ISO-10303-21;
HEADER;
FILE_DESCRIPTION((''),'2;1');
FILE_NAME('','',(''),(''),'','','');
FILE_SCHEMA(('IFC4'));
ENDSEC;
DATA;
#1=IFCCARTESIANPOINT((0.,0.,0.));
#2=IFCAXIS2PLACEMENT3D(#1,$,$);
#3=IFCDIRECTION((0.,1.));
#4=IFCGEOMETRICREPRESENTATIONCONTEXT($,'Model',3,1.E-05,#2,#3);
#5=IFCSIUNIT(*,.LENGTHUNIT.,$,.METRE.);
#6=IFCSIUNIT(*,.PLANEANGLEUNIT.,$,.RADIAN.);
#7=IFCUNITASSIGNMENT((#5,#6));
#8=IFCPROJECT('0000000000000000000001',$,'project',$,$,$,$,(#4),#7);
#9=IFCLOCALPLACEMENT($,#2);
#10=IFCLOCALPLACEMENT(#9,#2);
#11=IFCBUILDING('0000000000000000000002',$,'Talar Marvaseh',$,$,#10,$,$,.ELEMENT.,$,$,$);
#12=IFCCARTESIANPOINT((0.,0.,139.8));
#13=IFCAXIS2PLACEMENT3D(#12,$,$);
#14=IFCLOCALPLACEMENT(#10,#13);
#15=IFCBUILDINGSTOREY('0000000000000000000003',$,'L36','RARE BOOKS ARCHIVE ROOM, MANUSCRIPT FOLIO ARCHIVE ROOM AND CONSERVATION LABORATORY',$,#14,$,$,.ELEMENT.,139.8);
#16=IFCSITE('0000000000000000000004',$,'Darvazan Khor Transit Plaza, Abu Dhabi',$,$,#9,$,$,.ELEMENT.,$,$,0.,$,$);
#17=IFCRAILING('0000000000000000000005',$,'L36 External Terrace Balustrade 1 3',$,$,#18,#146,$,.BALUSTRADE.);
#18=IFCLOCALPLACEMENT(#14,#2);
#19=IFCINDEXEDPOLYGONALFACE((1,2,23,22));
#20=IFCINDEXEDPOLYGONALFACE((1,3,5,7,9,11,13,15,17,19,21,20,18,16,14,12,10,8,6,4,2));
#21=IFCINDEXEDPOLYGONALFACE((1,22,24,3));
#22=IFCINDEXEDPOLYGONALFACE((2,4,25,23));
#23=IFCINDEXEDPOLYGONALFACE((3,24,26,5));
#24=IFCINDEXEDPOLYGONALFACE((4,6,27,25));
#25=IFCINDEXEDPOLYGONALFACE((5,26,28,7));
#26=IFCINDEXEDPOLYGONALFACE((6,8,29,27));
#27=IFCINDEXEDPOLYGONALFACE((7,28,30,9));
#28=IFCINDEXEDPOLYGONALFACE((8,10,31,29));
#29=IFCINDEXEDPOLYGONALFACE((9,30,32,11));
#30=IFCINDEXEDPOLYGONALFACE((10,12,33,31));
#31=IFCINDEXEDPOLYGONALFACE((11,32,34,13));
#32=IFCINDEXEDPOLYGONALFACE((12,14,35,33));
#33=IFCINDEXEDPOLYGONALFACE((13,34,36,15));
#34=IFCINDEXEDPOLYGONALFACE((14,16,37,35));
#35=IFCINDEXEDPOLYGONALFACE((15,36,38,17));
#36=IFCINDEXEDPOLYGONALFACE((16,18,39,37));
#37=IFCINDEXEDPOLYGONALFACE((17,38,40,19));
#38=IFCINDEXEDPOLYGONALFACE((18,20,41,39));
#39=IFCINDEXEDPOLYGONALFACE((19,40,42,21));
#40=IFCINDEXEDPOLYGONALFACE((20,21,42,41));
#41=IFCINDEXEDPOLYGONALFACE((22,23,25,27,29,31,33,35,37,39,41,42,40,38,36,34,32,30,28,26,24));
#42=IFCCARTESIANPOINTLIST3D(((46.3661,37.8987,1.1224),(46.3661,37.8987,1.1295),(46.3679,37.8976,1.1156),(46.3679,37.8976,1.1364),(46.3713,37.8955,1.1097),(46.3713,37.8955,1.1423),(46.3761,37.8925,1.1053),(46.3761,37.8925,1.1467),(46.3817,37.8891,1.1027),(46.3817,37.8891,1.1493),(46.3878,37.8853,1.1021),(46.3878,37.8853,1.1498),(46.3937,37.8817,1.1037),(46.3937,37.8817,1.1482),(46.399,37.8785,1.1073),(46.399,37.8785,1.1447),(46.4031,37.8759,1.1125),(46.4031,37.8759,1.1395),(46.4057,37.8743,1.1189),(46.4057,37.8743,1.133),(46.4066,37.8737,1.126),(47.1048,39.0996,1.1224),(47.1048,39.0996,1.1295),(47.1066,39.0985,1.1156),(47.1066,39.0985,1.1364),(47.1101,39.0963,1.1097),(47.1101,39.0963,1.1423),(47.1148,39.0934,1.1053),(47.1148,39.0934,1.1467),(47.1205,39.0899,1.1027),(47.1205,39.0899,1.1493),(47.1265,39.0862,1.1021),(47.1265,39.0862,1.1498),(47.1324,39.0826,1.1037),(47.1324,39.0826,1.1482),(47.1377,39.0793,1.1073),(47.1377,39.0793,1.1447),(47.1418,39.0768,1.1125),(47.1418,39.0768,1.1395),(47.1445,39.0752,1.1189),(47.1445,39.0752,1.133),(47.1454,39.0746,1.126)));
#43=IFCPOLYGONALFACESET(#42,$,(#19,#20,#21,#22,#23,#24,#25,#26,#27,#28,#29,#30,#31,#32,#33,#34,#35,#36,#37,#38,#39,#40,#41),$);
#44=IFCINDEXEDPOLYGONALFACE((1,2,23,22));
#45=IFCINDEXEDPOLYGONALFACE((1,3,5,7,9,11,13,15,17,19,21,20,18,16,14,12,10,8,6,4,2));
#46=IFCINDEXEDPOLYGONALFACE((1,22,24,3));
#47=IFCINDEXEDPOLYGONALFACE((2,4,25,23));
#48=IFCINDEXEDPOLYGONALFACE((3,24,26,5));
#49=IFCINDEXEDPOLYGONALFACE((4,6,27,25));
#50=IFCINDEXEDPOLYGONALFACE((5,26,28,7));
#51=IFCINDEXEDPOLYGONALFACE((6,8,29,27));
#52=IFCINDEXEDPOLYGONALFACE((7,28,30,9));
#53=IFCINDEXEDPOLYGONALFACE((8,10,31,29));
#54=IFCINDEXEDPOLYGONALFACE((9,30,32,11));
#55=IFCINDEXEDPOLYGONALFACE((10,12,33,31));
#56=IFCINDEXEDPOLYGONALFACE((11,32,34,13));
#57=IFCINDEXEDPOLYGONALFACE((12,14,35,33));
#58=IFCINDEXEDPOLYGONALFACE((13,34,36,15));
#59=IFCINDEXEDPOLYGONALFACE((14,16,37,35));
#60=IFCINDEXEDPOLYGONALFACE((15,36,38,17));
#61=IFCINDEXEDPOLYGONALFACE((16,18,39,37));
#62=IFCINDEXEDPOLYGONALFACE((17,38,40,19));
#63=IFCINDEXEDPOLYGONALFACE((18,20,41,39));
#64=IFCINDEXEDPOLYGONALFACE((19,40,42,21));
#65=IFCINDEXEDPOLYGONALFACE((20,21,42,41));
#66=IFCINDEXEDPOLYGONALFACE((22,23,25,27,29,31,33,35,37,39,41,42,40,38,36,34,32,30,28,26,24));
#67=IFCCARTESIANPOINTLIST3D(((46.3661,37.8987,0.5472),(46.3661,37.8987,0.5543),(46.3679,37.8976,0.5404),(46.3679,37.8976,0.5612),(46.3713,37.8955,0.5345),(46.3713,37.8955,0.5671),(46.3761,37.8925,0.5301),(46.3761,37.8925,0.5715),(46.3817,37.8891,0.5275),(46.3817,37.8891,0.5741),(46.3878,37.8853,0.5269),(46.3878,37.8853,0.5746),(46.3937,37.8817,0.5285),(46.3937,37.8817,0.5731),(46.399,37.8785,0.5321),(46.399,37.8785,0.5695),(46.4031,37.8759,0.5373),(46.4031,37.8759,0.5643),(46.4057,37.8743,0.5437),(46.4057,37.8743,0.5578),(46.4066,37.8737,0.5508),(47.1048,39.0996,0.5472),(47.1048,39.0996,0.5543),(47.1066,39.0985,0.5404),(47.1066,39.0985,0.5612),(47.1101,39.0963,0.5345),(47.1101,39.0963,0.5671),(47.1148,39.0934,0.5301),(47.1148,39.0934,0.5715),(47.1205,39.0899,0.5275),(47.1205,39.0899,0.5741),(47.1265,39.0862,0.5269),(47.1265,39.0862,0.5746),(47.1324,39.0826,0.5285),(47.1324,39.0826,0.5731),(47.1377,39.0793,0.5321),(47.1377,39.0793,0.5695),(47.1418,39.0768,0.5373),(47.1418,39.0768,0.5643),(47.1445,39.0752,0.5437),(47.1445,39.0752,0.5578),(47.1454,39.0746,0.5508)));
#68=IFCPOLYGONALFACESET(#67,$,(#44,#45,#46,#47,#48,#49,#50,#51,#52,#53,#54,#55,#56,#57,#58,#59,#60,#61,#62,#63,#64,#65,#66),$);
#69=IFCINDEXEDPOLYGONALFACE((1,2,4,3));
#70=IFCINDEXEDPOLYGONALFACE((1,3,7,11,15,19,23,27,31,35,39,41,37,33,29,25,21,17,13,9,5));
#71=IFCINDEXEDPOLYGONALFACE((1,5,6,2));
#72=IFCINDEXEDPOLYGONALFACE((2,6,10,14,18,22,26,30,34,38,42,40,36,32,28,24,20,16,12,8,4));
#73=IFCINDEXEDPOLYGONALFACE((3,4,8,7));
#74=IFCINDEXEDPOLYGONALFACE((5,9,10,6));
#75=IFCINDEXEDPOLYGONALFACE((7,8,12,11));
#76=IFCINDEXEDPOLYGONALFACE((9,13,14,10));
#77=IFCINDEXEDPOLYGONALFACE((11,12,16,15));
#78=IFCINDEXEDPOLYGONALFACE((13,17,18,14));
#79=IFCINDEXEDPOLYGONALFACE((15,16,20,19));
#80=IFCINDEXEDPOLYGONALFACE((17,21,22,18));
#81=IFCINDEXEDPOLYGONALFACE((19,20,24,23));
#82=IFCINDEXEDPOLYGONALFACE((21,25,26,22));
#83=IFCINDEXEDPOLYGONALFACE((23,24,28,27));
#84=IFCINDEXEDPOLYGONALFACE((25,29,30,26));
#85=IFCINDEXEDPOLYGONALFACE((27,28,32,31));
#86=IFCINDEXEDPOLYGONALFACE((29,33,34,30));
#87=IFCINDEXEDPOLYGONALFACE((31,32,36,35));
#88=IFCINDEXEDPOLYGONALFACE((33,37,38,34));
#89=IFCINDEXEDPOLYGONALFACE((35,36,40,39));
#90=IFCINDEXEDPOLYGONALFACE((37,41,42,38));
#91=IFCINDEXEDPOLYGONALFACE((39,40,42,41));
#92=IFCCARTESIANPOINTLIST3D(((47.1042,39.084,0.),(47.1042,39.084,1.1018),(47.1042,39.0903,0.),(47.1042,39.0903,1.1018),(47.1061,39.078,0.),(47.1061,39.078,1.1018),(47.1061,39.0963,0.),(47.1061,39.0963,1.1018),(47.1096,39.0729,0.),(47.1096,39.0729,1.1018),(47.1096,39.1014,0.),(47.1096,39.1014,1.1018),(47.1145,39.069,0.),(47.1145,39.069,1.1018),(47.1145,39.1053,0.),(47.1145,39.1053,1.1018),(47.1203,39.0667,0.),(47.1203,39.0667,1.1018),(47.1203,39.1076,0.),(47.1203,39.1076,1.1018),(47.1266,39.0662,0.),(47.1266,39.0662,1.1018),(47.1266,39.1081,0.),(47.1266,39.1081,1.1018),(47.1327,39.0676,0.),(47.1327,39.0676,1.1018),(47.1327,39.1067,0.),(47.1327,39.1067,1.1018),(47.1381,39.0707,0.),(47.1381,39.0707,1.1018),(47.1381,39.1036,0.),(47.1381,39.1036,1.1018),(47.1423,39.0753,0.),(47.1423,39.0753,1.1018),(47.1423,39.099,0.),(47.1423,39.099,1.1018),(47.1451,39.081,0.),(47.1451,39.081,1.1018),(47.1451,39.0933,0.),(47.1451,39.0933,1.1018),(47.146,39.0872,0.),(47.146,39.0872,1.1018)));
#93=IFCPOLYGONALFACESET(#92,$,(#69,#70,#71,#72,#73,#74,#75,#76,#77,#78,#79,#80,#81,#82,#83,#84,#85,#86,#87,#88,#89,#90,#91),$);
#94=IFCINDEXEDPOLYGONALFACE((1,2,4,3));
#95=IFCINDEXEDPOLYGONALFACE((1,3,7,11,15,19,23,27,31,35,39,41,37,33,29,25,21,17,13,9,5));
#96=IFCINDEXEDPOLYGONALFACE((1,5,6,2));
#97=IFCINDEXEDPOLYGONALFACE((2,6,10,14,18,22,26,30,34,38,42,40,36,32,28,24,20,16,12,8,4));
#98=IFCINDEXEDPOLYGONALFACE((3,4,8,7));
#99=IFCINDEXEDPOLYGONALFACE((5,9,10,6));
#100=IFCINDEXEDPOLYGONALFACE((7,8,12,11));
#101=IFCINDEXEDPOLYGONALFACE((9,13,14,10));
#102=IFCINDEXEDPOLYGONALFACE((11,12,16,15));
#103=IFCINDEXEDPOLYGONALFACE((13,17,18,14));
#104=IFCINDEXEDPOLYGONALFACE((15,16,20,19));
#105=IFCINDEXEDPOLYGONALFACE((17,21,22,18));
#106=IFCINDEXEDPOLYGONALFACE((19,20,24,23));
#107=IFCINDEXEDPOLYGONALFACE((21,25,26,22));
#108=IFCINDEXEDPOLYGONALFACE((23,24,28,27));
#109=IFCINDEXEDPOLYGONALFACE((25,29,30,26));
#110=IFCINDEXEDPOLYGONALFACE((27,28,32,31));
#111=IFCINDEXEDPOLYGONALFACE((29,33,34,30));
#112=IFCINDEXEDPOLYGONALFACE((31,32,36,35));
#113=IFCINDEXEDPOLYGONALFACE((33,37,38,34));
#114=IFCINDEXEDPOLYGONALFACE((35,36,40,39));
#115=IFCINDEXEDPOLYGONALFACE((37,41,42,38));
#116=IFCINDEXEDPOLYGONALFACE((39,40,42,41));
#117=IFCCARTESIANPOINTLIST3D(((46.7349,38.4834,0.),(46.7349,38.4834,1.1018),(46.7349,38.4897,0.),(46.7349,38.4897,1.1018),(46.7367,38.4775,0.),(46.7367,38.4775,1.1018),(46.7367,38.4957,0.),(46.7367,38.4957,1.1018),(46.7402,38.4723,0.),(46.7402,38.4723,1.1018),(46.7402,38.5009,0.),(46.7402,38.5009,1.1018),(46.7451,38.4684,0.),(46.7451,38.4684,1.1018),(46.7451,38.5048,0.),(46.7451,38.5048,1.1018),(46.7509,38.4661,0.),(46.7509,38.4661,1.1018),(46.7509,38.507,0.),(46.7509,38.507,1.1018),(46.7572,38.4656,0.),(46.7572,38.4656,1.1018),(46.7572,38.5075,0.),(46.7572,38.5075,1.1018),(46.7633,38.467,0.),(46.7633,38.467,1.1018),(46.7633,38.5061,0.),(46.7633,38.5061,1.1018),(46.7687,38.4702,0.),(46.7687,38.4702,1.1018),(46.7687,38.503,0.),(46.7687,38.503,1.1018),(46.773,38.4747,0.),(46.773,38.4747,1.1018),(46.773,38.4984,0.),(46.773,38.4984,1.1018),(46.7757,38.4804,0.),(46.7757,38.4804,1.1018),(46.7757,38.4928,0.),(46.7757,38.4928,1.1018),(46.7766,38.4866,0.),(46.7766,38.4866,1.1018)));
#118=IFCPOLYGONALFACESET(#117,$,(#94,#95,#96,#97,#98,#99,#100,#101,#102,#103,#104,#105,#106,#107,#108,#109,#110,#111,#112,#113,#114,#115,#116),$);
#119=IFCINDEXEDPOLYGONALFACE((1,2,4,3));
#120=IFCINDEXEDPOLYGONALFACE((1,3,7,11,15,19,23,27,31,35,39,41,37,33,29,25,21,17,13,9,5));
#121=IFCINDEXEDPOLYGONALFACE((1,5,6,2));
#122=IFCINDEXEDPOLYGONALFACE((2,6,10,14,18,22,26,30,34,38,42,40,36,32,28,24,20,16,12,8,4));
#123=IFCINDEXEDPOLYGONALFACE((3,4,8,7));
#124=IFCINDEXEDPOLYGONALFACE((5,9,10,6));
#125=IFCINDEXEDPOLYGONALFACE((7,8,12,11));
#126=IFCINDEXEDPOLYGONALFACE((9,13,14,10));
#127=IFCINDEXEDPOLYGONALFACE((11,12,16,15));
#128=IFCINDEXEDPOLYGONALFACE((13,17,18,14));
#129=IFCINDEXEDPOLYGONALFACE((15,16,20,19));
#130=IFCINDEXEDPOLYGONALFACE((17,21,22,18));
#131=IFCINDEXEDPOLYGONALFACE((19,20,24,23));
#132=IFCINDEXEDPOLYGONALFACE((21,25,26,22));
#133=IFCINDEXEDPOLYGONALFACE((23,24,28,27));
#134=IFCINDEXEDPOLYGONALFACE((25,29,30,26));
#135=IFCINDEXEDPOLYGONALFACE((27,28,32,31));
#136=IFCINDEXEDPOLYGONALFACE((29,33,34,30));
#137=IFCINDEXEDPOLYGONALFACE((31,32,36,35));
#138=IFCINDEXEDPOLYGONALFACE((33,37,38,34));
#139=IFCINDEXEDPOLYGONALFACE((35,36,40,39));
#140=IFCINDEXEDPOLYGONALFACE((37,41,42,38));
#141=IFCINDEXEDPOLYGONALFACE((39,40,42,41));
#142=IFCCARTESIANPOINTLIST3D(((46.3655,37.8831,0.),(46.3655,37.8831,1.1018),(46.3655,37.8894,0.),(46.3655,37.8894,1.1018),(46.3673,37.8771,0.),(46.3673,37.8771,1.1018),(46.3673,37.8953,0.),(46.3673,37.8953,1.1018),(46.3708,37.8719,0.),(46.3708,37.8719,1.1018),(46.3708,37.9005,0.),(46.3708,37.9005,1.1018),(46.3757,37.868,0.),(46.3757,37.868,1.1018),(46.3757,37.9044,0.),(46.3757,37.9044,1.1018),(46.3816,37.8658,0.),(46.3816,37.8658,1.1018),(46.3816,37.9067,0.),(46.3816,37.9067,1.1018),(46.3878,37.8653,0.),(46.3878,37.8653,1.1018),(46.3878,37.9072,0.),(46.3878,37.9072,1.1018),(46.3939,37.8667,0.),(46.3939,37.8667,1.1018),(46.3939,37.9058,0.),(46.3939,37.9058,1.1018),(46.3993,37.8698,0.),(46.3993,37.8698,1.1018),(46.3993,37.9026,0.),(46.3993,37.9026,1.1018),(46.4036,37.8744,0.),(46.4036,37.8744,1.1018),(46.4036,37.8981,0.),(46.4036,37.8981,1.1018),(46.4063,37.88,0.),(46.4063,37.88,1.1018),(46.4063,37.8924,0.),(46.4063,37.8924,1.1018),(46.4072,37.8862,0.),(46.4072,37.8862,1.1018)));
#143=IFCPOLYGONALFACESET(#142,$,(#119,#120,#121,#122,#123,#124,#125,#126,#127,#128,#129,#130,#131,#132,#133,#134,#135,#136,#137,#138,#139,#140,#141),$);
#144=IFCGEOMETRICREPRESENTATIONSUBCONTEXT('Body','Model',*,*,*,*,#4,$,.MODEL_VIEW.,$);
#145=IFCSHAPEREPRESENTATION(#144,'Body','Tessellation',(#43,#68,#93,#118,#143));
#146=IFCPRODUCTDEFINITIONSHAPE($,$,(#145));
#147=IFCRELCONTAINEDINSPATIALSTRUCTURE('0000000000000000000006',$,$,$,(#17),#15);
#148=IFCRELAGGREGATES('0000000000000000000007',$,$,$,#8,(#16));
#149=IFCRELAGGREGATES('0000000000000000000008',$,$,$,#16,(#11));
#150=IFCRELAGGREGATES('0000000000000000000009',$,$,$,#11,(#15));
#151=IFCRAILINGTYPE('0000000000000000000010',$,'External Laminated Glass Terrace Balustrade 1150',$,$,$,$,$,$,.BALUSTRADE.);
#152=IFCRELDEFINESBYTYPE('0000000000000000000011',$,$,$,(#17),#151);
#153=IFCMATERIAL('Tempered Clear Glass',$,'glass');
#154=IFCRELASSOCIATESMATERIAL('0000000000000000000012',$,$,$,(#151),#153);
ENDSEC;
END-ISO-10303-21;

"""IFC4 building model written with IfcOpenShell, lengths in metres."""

from ifc_helpers import new_model, si_unit, direction, frame, origin, origin_2d, place, context, subcontext, project, spatial, circle, extrude, material, type_object, element, save


model = new_model("IFC4")

# Units and contexts
model_context = context("Model", 3, precision=1e-05, world=origin(), true_north=direction((0.0, 1.0)))
body_context = subcontext(model_context, "Body", "Model", "MODEL_VIEW")
ifc_project = project(units=[si_unit("LENGTHUNIT", "METRE"), si_unit("PLANEANGLEUNIT", "RADIAN")], contexts=[model_context])

# Site, building, storey
site_placement = place(None, origin())
site = spatial("IfcSite", under=ifc_project, at=site_placement, Name="Darvazan Khor Transit Plaza, Abu Dhabi", CompositionType="ELEMENT", RefElevation=0.0)
building_placement = place(site_placement, origin())
building = spatial("IfcBuilding", under=site, at=building_placement, Name="Talar Marvaseh", CompositionType="ELEMENT")
storey_placement = place(building_placement, frame((0.0, 0.0, 139.8)))
storey = spatial("IfcBuildingStorey", under=building, at=storey_placement, Name="L36", Description="RARE BOOKS ARCHIVE ROOM, MANUSCRIPT FOLIO ARCHIVE ROOM AND CONSERVATION LABORATORY", CompositionType="ELEMENT", Elevation=139.8)

# Railing
ifc_material_1 = material(Name="Tempered Clear Glass", Category="glass")
railing_type = type_object("IfcRailingType", Name="External Laminated Glass Terrace Balustrade 1150", PredefinedType="BALUSTRADE", material=ifc_material_1)
railing_1_placement = place(storey_placement, frame((47.125, 39.0872, 0.0)))
element("IfcRailing", 1, at=railing_1_placement, inside=storey, type_object=railing_type, Name="L36 External Terrace Balustrade 1 3", PredefinedType="BALUSTRADE", context=body_context, shape_type="SweptSolid", body=[
    extrude(circle(Radius=0.0239, at=origin_2d()), frame((0.0, 0.0, 1.126), z_axis=(-0.523962, -0.851742, 0.0), x_axis=(0.851742, -0.523962, 0.0)), (0.0, 0.0, 1.0), 1.4099),
    extrude(circle(Radius=0.0239, at=origin_2d()), frame((0.0, 0.0, 0.5508), z_axis=(-0.523962, -0.851742, 0.0), x_axis=(0.851742, -0.523962, 0.0)), (0.0, 0.0, 1.0), 1.4099),
    extrude(circle(Radius=0.021, at=origin_2d()), origin(), (0.0, 0.0, 1.0), 1.1018),
    extrude(circle(Radius=0.021, at=origin_2d()), frame((-0.3694, -0.6006, 0.0)), (0.0, 0.0, 1.0), 1.1018),
    extrude(circle(Radius=0.021, at=origin_2d()), frame((-0.7388, -1.2009, 0.0)), (0.0, 0.0, 1.0), 1.1018),
])

save(model, "model.ifc")
